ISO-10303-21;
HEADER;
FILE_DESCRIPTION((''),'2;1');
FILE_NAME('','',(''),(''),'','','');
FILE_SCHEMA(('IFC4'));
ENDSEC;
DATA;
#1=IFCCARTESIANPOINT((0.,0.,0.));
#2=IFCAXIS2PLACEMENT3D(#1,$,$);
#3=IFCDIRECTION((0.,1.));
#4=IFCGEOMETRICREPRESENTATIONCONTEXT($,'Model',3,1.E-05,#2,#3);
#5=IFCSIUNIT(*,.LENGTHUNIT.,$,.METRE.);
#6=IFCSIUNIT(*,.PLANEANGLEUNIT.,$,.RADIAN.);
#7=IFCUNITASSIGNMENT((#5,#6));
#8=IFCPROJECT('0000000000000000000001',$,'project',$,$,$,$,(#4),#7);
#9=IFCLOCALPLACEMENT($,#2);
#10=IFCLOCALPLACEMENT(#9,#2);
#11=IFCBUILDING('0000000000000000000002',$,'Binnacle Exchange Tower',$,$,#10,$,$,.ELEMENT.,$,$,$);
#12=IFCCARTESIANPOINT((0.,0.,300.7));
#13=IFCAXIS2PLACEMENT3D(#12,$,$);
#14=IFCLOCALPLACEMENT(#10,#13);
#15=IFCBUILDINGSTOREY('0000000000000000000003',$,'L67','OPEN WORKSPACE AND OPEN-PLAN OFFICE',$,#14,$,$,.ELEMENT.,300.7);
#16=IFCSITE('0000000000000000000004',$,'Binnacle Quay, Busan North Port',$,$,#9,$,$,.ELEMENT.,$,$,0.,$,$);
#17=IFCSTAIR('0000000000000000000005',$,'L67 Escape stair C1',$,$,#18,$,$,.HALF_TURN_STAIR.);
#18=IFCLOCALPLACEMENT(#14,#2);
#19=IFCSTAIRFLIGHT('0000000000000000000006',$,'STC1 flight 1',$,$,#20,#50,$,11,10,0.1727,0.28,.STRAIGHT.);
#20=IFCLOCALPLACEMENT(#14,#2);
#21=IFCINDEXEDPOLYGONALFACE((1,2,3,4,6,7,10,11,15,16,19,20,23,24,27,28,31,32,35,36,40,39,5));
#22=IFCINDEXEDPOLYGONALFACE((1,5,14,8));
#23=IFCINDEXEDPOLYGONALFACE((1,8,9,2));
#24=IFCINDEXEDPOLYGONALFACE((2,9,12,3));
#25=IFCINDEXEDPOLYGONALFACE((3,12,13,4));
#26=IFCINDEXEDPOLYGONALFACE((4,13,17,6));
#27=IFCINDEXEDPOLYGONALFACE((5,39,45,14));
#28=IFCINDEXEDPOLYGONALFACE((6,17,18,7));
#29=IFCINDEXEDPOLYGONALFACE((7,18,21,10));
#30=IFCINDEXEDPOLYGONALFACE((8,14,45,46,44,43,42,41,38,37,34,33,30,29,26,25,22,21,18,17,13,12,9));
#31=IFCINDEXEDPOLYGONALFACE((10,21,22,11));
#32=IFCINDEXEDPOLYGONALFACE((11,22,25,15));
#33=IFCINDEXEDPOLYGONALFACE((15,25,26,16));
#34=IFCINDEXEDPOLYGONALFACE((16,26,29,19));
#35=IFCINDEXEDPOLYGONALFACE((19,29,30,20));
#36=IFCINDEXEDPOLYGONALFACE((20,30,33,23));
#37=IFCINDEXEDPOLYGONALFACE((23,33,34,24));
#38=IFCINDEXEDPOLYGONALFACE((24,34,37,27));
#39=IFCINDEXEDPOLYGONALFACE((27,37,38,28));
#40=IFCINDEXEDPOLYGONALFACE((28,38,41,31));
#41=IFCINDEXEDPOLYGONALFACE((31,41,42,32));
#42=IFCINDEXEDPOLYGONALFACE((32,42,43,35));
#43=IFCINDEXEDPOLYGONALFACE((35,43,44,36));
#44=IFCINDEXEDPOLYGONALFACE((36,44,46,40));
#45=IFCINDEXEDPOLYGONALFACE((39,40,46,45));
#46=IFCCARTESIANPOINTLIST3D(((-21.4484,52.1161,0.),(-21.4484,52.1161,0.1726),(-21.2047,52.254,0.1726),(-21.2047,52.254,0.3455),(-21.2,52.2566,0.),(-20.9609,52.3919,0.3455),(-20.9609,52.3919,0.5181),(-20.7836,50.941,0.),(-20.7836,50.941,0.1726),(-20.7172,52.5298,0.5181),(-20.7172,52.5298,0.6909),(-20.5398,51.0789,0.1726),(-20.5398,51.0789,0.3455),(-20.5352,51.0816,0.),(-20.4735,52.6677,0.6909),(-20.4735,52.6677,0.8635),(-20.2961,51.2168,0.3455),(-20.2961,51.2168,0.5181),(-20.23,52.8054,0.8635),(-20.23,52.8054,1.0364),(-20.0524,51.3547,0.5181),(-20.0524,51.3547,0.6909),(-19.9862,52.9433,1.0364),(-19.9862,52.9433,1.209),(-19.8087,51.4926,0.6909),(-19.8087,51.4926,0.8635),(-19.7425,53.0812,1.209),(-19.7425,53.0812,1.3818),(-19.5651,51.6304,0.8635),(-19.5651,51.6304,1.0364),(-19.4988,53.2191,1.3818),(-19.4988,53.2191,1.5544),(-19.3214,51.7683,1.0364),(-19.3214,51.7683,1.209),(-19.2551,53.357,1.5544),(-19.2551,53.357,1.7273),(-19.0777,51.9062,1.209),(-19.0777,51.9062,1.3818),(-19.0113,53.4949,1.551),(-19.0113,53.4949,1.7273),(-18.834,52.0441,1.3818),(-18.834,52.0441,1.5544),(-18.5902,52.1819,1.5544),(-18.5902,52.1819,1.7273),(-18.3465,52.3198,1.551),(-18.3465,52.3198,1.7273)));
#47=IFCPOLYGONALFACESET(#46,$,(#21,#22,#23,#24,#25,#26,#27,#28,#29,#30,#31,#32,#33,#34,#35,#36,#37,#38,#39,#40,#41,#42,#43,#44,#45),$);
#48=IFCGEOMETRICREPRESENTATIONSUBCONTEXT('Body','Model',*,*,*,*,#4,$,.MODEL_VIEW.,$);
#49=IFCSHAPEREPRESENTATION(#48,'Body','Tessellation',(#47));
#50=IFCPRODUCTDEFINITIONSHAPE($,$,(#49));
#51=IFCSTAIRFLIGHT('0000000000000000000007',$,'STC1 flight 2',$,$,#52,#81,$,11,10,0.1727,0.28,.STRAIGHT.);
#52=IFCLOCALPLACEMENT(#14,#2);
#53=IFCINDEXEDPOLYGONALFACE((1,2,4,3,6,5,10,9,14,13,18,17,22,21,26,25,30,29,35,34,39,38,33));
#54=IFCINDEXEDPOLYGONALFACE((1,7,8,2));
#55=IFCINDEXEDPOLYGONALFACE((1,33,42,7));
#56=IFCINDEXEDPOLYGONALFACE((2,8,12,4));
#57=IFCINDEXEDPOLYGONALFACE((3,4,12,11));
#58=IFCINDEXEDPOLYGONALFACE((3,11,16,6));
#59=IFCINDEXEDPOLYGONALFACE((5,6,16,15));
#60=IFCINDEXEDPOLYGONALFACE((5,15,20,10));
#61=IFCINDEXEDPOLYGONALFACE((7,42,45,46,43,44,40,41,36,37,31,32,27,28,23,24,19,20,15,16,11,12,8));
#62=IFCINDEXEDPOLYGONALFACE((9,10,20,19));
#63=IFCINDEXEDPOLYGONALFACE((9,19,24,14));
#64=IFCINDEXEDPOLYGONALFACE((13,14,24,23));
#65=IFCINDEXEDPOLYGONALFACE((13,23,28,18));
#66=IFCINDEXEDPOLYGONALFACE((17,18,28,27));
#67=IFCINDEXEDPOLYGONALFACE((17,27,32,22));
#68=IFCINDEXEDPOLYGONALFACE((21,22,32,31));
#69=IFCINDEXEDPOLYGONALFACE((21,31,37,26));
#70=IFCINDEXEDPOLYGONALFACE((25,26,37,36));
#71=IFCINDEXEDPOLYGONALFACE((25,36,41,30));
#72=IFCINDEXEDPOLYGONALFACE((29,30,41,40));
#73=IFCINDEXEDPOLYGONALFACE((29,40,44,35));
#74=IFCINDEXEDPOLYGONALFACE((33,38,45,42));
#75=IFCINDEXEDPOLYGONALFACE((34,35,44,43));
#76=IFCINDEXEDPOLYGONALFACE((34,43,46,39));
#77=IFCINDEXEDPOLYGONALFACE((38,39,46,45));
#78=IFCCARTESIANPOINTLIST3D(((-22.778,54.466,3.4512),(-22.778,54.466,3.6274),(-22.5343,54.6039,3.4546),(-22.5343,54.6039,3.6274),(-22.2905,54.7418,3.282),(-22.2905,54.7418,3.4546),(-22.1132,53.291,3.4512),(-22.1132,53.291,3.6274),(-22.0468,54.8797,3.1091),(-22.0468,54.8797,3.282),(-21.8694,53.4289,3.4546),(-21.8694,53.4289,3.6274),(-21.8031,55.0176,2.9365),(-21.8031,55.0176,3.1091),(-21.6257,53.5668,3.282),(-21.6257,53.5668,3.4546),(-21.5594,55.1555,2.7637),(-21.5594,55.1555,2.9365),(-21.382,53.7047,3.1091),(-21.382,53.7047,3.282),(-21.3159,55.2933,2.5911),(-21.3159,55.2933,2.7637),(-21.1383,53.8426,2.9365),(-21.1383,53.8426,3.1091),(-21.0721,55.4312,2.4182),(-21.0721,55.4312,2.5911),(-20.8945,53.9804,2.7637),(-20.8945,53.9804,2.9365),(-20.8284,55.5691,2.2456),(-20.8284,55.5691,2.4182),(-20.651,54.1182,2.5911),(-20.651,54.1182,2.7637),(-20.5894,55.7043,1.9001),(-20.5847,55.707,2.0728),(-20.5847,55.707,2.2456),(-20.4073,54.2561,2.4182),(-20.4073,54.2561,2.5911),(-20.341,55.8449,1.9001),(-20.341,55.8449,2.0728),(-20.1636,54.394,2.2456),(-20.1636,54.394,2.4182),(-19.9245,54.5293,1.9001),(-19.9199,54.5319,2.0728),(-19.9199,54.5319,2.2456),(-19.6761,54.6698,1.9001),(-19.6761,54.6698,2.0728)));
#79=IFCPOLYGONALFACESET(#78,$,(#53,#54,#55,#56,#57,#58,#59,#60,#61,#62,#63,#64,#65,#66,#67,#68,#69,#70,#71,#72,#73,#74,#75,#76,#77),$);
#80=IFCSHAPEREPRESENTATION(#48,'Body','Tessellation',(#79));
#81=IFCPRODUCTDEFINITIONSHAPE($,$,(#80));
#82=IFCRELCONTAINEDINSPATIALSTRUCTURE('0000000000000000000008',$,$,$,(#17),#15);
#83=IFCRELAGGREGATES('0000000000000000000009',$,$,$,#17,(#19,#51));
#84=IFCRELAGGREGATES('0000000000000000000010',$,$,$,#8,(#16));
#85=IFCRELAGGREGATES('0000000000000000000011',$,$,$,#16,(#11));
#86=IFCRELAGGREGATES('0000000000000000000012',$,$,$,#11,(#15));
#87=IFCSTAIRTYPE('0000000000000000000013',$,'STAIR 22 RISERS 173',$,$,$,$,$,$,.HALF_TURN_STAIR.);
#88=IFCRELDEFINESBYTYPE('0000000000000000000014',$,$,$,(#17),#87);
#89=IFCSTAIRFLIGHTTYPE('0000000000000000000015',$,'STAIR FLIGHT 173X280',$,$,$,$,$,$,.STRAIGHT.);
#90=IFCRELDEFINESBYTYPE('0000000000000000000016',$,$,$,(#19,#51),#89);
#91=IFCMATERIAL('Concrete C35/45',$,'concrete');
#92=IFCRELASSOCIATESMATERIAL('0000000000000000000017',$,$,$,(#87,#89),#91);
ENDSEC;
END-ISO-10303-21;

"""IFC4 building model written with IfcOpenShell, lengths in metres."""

from ifc_helpers import new_model, si_unit, direction, frame, origin, place, context, subcontext, project, spatial, polyline, outline, extrude, material, type_object, element, aggregate, save


model = new_model("IFC4")

# Units and contexts
model_context = context("Model", 3, precision=1e-05, world=origin(), true_north=direction((0.0, 1.0)))
body_context = subcontext(model_context, "Body", "Model", "MODEL_VIEW")
ifc_project = project(units=[si_unit("LENGTHUNIT", "METRE"), si_unit("PLANEANGLEUNIT", "RADIAN")], contexts=[model_context])

# Site, building, storey
site_placement = place(None, origin())
site = spatial("IfcSite", under=ifc_project, at=site_placement, Name="Binnacle Quay, Busan North Port", CompositionType="ELEMENT", RefElevation=0.0)
building_placement = place(site_placement, origin())
building = spatial("IfcBuilding", under=site, at=building_placement, Name="Binnacle Exchange Tower", CompositionType="ELEMENT")
storey_placement = place(building_placement, frame((0.0, 0.0, 300.7)))
storey = spatial("IfcBuildingStorey", under=building, at=storey_placement, Name="L67", Description="OPEN WORKSPACE AND OPEN-PLAN OFFICE", CompositionType="ELEMENT", Elevation=300.7)

# Stair, stair flights
ifc_material_1 = material(Name="Concrete C35/45", Category="concrete")
stair_type = type_object("IfcStairType", Name="STAIR 22 RISERS 173", PredefinedType="HALF_TURN_STAIR", material=ifc_material_1)
stair_placement = place(storey_placement, origin())
stair = element("IfcStair", 1, at=stair_placement, inside=storey, type_object=stair_type, Name="L67 Escape stair C1", PredefinedType="HALF_TURN_STAIR")
stair_flight_type = type_object("IfcStairFlightType", Name="STAIR FLIGHT 173X280", PredefinedType="STRAIGHT", material=ifc_material_1)
stair_flight_1_placement = place(storey_placement, frame((-21.116, 51.5286, 0.0), z_axis=(0.0, 0.0, 1.0), x_axis=(0.870356, 0.492424, 0.0)))
stair_flight_1 = element("IfcStairFlight", 2, at=stair_flight_1_placement, type_object=stair_flight_type, Name="STC1 flight 1", NumberOfRisers=11, NumberOfTreads=10, PredefinedType="STRAIGHT", RiserHeight=0.1727, TreadLength=0.28, context=body_context, shape_type="SweptSolid", body=[
    extrude(outline(polyline([(0.0, 0.0), (0.0, 0.1726), (0.28, 0.1726), (0.28, 0.3455), (0.5601, 0.3455), (0.5601, 0.5181), (0.8401, 0.5181), (0.8401, 0.6909), (1.1201, 0.6909), (1.1201, 0.8635), (1.3999, 0.8635), (1.3999, 1.0364), (1.6799, 1.0364), (1.6799, 1.209), (1.96, 1.209), (1.96, 1.3818), (2.24, 1.3818), (2.24, 1.5544), (2.52, 1.5544), (2.52, 1.7273), (2.8, 1.7273), (2.8, 1.8999), (2.8, 1.551), (0.2854, 0.0), (0.0, 0.0)])), frame((0.0, 0.675, 0.0), z_axis=(0.0, -1.0, 0.0), x_axis=(1.0, 0.0, 0.0)), (0.0, 0.0, 1.0), 1.3501),
])
stair_flight_2_placement = place(storey_placement, frame((-20.0085, 55.2573, 1.9001), z_axis=(0.0, 0.0, 1.0), x_axis=(-0.870356, -0.492424, 0.0)))
stair_flight_2 = element("IfcStairFlight", 3, at=stair_flight_2_placement, type_object=stair_flight_type, Name="STC1 flight 2", NumberOfRisers=11, NumberOfTreads=10, PredefinedType="STRAIGHT", RiserHeight=0.1727, TreadLength=0.28, context=body_context, shape_type="SweptSolid", body=[
    extrude(outline(polyline([(0.0, 0.0), (0.0, 0.1726), (0.28, 0.1726), (0.28, 0.3455), (0.5601, 0.3455), (0.5601, 0.5181), (0.8401, 0.5181), (0.8401, 0.6909), (1.1201, 0.6909), (1.1201, 0.8635), (1.3999, 0.8635), (1.3999, 1.0364), (1.6799, 1.0364), (1.6799, 1.209), (1.96, 1.209), (1.96, 1.3818), (2.24, 1.3818), (2.24, 1.5544), (2.52, 1.5544), (2.52, 1.7273), (2.8, 1.7273), (2.8, 1.8999), (2.8, 1.551), (0.2854, 0.0), (0.0, 0.0)])), frame((0.0, 0.675, 0.0), z_axis=(0.0, -1.0, 0.0), x_axis=(1.0, 0.0, 0.0)), (0.0, 0.0, 1.0), 1.3501),
])
aggregate(stair, [stair_flight_1, stair_flight_2])

save(model, "model.ifc")
